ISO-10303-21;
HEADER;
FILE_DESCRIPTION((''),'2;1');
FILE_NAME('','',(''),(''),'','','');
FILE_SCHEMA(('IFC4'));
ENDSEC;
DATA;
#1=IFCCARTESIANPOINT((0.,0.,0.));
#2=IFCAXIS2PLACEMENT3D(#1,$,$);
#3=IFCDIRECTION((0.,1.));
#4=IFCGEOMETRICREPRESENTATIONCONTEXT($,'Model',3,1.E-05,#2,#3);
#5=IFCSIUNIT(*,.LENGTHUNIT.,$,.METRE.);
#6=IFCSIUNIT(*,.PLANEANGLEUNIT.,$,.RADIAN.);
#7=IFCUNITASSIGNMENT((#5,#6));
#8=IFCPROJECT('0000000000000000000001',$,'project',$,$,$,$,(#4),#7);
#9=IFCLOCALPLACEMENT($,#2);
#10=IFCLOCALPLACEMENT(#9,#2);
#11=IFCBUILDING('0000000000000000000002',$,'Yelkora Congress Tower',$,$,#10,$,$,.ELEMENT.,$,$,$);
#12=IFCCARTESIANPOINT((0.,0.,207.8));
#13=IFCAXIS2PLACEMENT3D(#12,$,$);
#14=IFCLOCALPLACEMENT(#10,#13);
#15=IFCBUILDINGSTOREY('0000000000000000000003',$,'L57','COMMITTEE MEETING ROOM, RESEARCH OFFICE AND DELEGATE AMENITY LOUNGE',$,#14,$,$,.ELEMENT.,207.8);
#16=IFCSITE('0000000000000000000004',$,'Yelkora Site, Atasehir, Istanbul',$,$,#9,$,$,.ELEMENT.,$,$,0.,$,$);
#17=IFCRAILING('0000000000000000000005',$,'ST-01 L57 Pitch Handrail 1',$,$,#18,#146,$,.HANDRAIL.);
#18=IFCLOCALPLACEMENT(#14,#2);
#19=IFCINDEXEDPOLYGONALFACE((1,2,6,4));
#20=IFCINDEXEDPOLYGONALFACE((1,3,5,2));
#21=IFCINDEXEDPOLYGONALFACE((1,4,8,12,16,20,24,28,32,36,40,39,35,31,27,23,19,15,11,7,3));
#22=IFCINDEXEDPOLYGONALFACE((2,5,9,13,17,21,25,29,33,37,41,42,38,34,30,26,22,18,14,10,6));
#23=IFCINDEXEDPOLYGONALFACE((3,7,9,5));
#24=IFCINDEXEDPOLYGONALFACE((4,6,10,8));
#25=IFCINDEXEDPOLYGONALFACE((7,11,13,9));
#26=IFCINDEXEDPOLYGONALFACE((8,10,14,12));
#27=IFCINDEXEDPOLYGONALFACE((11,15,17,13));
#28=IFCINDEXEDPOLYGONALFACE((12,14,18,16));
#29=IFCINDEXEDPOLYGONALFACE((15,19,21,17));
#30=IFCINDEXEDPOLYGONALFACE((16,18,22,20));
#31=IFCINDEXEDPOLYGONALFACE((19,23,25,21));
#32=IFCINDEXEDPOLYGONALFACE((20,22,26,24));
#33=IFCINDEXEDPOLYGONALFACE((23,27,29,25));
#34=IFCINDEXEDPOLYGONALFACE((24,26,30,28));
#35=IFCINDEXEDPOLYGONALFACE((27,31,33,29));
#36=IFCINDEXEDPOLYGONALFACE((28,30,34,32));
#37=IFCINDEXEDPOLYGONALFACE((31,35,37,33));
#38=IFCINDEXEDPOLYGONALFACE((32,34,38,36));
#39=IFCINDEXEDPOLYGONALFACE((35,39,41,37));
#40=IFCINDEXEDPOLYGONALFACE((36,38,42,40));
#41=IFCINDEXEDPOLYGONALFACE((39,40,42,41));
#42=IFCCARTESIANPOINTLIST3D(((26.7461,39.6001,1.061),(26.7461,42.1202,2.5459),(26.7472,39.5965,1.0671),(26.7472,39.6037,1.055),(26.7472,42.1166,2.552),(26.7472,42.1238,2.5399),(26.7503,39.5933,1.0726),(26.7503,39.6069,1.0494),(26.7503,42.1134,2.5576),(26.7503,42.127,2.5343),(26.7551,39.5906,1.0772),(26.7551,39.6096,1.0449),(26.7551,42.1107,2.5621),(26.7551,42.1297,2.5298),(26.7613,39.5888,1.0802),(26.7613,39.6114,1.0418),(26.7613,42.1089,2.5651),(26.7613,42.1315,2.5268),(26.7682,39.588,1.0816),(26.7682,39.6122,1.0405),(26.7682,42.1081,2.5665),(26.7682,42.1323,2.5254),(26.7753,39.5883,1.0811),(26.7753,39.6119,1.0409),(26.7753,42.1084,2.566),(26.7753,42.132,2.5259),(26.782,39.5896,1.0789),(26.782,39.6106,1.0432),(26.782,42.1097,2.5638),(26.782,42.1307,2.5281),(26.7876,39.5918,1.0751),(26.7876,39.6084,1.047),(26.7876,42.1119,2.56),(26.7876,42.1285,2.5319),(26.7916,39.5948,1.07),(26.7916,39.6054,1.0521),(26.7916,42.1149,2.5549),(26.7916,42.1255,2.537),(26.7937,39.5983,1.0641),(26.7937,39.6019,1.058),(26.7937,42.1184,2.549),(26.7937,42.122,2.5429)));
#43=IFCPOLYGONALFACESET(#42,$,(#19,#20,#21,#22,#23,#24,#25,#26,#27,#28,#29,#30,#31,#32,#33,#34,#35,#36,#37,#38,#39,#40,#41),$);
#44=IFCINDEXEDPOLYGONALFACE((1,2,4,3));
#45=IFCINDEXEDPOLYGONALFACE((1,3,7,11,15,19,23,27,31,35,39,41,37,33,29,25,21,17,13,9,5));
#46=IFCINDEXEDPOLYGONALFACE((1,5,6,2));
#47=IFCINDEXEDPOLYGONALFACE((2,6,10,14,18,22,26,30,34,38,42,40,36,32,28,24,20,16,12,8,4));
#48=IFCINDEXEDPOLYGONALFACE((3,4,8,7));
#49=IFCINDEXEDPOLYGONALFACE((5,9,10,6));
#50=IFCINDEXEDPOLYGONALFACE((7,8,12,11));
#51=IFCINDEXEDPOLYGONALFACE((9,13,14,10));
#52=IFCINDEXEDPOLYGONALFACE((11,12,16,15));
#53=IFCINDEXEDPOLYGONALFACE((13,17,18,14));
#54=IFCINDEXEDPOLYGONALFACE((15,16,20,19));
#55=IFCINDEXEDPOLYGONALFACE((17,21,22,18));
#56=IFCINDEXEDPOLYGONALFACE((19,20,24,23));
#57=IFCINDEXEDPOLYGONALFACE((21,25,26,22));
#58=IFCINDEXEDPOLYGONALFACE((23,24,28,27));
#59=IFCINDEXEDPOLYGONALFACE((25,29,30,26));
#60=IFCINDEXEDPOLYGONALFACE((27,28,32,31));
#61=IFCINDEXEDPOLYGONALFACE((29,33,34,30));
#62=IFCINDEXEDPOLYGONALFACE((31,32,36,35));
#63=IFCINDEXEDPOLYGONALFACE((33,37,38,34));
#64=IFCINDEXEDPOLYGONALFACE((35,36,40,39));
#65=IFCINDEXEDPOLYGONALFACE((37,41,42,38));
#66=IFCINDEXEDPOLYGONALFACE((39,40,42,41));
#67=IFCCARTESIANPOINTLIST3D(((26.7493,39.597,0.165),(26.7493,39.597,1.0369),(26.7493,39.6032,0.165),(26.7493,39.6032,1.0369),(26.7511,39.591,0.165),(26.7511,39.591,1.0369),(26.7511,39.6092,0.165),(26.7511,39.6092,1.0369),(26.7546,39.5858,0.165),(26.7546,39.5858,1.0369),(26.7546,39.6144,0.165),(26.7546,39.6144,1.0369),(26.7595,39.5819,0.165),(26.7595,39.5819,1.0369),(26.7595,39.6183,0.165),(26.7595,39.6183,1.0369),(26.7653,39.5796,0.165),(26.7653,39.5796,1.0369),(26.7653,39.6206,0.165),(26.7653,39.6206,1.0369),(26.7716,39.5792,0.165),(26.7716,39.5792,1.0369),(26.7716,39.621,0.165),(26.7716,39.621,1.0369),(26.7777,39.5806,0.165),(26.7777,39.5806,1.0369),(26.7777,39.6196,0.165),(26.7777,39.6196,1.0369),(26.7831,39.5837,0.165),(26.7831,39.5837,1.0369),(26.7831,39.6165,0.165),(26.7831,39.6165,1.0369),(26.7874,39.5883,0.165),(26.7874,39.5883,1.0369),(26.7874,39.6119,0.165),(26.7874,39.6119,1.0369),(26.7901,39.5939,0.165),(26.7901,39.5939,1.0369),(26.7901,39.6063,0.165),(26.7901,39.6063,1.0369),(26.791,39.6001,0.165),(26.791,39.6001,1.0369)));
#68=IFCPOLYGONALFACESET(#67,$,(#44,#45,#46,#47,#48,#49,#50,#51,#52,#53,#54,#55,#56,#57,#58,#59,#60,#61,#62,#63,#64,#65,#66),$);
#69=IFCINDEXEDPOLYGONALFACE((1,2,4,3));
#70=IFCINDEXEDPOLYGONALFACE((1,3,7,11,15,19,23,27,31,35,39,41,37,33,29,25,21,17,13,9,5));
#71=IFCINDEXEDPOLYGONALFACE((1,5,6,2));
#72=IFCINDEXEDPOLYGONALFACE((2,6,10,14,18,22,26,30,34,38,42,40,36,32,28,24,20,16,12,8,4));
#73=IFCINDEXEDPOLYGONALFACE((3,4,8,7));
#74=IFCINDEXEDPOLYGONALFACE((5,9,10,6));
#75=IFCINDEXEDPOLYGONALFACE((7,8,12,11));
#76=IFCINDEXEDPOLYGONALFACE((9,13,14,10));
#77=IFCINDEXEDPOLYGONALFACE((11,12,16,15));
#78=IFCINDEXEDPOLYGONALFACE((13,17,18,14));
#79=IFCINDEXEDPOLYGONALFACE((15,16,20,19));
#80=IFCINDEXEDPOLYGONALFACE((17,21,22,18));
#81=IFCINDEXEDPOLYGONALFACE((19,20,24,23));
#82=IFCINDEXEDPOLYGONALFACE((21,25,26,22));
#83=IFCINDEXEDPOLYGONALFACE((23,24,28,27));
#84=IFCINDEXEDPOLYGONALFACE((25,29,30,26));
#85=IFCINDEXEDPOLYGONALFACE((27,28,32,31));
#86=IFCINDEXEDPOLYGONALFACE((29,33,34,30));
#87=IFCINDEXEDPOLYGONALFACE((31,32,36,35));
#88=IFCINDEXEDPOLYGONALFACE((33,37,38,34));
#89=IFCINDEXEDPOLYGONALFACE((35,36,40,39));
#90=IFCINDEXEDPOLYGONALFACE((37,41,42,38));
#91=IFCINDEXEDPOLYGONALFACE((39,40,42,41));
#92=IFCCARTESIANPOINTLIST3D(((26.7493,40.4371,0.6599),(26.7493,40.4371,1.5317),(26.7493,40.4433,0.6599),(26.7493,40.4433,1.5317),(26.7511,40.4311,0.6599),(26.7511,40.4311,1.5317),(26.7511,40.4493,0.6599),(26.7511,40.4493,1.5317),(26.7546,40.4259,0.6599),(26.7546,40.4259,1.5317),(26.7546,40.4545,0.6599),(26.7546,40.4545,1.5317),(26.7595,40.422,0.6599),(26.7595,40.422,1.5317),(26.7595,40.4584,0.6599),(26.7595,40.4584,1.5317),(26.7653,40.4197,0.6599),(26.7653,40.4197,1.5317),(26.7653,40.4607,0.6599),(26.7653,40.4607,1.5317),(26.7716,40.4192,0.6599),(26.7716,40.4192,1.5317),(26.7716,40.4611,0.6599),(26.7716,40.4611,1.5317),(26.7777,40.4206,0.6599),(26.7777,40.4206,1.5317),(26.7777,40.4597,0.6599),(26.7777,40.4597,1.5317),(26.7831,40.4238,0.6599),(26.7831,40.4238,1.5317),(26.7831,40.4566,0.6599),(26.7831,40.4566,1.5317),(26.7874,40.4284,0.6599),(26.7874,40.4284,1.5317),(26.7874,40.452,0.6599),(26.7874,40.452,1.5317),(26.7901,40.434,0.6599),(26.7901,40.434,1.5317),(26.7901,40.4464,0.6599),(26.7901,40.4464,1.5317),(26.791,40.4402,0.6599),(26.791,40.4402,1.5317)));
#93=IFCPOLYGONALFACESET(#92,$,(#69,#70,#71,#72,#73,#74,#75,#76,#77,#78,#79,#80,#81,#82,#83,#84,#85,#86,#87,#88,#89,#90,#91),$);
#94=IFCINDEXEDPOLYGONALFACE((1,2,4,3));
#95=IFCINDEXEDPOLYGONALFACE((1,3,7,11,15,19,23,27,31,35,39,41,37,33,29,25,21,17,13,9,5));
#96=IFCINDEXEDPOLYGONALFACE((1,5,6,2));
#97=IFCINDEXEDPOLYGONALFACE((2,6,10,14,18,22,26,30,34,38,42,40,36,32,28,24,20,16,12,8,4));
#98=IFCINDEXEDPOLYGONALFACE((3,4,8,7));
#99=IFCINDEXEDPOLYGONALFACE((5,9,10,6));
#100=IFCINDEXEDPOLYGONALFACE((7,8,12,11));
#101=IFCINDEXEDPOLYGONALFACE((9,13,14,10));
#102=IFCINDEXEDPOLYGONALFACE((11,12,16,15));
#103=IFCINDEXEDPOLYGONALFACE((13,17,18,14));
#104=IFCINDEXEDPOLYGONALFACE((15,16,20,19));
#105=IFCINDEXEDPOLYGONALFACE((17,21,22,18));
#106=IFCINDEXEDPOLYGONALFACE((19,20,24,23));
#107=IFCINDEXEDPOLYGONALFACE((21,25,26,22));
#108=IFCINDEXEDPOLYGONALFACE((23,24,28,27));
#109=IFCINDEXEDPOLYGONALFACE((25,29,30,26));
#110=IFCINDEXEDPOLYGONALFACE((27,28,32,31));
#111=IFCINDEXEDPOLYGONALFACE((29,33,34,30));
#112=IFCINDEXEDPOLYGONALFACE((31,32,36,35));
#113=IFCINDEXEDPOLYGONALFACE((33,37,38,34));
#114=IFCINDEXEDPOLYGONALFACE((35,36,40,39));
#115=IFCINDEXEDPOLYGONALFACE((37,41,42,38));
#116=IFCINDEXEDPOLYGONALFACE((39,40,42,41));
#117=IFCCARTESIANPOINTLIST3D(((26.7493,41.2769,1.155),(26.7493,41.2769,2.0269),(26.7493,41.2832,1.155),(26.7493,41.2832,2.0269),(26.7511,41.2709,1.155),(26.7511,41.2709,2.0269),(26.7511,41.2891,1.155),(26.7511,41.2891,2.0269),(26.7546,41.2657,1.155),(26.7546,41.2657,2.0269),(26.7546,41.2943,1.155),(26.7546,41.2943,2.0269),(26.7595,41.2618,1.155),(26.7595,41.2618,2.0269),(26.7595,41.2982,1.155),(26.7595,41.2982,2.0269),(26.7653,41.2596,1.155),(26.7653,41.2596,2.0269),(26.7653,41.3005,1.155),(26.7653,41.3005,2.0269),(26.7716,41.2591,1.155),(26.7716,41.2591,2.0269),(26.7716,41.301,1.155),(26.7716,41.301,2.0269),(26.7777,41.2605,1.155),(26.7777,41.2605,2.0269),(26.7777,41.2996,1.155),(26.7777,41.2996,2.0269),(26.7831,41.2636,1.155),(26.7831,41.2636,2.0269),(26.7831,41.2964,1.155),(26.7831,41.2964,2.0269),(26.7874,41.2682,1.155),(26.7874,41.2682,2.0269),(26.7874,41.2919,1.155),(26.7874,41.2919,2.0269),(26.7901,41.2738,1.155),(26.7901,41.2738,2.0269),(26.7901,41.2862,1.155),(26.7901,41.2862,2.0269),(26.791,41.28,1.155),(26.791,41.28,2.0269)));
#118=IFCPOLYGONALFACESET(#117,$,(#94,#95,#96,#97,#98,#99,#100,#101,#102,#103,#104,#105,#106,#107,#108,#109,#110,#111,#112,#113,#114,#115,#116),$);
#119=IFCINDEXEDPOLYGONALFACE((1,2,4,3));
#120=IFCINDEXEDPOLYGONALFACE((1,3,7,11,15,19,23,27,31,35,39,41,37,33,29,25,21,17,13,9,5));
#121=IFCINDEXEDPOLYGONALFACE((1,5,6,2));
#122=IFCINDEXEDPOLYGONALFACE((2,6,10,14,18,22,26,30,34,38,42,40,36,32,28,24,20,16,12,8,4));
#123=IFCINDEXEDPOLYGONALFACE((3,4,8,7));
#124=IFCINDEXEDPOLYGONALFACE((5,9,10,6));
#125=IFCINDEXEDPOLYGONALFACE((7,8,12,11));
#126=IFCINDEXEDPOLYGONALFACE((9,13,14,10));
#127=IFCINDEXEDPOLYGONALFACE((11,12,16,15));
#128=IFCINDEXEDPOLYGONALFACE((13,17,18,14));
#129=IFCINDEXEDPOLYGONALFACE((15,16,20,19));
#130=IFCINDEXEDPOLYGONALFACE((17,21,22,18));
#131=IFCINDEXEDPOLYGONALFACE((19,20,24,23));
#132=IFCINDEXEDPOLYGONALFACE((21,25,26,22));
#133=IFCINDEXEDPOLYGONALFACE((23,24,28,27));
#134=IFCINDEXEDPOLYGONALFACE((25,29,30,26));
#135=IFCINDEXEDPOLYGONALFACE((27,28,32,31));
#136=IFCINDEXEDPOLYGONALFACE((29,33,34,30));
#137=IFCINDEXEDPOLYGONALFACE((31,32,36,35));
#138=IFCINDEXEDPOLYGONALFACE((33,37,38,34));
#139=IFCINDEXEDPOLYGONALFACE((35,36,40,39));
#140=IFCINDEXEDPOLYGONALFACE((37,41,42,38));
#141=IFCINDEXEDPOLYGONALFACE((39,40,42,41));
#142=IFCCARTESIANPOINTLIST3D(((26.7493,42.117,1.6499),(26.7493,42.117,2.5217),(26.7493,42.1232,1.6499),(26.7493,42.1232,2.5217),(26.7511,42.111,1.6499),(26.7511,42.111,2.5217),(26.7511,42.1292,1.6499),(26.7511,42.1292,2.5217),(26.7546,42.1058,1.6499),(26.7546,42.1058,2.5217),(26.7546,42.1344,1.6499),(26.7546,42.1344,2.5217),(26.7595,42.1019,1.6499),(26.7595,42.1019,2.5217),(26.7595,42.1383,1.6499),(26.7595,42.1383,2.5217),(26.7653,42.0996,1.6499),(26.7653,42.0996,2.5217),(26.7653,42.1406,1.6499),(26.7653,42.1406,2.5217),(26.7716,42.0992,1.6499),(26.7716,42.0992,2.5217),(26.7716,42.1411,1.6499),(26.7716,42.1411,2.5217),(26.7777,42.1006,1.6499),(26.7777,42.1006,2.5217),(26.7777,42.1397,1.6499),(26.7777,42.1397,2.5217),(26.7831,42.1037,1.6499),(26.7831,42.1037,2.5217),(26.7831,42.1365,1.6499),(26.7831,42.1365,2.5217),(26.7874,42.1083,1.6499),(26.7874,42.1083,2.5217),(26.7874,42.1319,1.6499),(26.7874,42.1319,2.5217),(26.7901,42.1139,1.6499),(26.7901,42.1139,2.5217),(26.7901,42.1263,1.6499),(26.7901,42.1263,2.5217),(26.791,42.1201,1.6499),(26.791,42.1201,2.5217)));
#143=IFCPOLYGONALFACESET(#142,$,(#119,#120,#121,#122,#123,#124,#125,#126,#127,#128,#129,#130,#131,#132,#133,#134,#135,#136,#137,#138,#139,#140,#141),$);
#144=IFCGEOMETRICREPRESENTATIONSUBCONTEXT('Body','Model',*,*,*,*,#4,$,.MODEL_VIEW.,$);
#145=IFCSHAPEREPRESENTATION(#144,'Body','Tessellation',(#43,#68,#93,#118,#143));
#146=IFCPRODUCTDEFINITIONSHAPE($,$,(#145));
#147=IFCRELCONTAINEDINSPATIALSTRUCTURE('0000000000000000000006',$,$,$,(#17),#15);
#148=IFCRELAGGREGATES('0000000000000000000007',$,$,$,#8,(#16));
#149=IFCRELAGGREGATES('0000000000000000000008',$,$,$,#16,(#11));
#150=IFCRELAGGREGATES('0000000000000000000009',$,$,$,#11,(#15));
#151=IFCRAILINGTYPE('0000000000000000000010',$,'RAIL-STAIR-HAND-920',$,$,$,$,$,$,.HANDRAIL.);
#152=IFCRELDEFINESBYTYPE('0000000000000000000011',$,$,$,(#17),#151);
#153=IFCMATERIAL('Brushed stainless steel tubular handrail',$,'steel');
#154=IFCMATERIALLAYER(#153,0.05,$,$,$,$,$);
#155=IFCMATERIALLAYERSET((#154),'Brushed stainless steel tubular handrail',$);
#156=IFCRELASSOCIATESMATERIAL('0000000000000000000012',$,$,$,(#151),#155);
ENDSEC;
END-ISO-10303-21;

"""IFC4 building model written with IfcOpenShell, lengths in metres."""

from ifc_helpers import new_model, si_unit, direction, frame, origin, origin_2d, place, context, subcontext, project, spatial, circle, extrude, material, layer, layer_set, type_object, element, save


model = new_model("IFC4")

# Units and contexts
model_context = context("Model", 3, precision=1e-05, world=origin(), true_north=direction((0.0, 1.0)))
body_context = subcontext(model_context, "Body", "Model", "MODEL_VIEW")
ifc_project = project(units=[si_unit("LENGTHUNIT", "METRE"), si_unit("PLANEANGLEUNIT", "RADIAN")], contexts=[model_context])

# Site, building, storey
site_placement = place(None, origin())
site = spatial("IfcSite", under=ifc_project, at=site_placement, Name="Yelkora Site, Atasehir, Istanbul", CompositionType="ELEMENT", RefElevation=0.0)
building_placement = place(site_placement, origin())
building = spatial("IfcBuilding", under=site, at=building_placement, Name="Yelkora Congress Tower", CompositionType="ELEMENT")
storey_placement = place(building_placement, frame((0.0, 0.0, 207.8)))
storey = spatial("IfcBuildingStorey", under=building, at=storey_placement, Name="L57", Description="COMMITTEE MEETING ROOM, RESEARCH OFFICE AND DELEGATE AMENITY LOUNGE", CompositionType="ELEMENT", Elevation=207.8)

# Railing
ifc_material_1 = material(Name="Brushed stainless steel tubular handrail", Category="steel")
ifc_layer_1 = layer(ifc_material_1, 0.05)
ifc_layer_set_1 = layer_set([ifc_layer_1], Name="Brushed stainless steel tubular handrail")
railing_type_1 = type_object("IfcRailingType", Name="RAIL-STAIR-HAND-920", PredefinedType="HANDRAIL", material=ifc_layer_set_1)
railing_1_placement = place(storey_placement, frame((26.77, 39.6001, 0.165)))
element("IfcRailing", 1, at=railing_1_placement, inside=storey, type_object=railing_type_1, Name="ST-01 L57 Pitch Handrail 1", PredefinedType="HANDRAIL", context=body_context, shape_type="SweptSolid", body=[
    extrude(circle(Radius=0.0239, at=origin_2d()), frame((0.0, 0.0, 0.896), z_axis=(0.0, 0.861561, 0.507655), x_axis=(-1.0, 0.0, 0.0)), (0.0, 0.0, 1.0), 2.925),
    extrude(circle(Radius=0.021, at=origin_2d()), origin(), (0.0, 0.0, 1.0), 0.8718),
    extrude(circle(Radius=0.021, at=origin_2d()), frame((0.0, 0.8401, 0.4949)), (0.0, 0.0, 1.0), 0.8718),
    extrude(circle(Radius=0.021, at=origin_2d()), frame((0.0, 1.6799, 0.99)), (0.0, 0.0, 1.0), 0.8718),
    extrude(circle(Radius=0.021, at=origin_2d()), frame((0.0, 2.52, 1.4849)), (0.0, 0.0, 1.0), 0.8718),
])

save(model, "model.ifc")
